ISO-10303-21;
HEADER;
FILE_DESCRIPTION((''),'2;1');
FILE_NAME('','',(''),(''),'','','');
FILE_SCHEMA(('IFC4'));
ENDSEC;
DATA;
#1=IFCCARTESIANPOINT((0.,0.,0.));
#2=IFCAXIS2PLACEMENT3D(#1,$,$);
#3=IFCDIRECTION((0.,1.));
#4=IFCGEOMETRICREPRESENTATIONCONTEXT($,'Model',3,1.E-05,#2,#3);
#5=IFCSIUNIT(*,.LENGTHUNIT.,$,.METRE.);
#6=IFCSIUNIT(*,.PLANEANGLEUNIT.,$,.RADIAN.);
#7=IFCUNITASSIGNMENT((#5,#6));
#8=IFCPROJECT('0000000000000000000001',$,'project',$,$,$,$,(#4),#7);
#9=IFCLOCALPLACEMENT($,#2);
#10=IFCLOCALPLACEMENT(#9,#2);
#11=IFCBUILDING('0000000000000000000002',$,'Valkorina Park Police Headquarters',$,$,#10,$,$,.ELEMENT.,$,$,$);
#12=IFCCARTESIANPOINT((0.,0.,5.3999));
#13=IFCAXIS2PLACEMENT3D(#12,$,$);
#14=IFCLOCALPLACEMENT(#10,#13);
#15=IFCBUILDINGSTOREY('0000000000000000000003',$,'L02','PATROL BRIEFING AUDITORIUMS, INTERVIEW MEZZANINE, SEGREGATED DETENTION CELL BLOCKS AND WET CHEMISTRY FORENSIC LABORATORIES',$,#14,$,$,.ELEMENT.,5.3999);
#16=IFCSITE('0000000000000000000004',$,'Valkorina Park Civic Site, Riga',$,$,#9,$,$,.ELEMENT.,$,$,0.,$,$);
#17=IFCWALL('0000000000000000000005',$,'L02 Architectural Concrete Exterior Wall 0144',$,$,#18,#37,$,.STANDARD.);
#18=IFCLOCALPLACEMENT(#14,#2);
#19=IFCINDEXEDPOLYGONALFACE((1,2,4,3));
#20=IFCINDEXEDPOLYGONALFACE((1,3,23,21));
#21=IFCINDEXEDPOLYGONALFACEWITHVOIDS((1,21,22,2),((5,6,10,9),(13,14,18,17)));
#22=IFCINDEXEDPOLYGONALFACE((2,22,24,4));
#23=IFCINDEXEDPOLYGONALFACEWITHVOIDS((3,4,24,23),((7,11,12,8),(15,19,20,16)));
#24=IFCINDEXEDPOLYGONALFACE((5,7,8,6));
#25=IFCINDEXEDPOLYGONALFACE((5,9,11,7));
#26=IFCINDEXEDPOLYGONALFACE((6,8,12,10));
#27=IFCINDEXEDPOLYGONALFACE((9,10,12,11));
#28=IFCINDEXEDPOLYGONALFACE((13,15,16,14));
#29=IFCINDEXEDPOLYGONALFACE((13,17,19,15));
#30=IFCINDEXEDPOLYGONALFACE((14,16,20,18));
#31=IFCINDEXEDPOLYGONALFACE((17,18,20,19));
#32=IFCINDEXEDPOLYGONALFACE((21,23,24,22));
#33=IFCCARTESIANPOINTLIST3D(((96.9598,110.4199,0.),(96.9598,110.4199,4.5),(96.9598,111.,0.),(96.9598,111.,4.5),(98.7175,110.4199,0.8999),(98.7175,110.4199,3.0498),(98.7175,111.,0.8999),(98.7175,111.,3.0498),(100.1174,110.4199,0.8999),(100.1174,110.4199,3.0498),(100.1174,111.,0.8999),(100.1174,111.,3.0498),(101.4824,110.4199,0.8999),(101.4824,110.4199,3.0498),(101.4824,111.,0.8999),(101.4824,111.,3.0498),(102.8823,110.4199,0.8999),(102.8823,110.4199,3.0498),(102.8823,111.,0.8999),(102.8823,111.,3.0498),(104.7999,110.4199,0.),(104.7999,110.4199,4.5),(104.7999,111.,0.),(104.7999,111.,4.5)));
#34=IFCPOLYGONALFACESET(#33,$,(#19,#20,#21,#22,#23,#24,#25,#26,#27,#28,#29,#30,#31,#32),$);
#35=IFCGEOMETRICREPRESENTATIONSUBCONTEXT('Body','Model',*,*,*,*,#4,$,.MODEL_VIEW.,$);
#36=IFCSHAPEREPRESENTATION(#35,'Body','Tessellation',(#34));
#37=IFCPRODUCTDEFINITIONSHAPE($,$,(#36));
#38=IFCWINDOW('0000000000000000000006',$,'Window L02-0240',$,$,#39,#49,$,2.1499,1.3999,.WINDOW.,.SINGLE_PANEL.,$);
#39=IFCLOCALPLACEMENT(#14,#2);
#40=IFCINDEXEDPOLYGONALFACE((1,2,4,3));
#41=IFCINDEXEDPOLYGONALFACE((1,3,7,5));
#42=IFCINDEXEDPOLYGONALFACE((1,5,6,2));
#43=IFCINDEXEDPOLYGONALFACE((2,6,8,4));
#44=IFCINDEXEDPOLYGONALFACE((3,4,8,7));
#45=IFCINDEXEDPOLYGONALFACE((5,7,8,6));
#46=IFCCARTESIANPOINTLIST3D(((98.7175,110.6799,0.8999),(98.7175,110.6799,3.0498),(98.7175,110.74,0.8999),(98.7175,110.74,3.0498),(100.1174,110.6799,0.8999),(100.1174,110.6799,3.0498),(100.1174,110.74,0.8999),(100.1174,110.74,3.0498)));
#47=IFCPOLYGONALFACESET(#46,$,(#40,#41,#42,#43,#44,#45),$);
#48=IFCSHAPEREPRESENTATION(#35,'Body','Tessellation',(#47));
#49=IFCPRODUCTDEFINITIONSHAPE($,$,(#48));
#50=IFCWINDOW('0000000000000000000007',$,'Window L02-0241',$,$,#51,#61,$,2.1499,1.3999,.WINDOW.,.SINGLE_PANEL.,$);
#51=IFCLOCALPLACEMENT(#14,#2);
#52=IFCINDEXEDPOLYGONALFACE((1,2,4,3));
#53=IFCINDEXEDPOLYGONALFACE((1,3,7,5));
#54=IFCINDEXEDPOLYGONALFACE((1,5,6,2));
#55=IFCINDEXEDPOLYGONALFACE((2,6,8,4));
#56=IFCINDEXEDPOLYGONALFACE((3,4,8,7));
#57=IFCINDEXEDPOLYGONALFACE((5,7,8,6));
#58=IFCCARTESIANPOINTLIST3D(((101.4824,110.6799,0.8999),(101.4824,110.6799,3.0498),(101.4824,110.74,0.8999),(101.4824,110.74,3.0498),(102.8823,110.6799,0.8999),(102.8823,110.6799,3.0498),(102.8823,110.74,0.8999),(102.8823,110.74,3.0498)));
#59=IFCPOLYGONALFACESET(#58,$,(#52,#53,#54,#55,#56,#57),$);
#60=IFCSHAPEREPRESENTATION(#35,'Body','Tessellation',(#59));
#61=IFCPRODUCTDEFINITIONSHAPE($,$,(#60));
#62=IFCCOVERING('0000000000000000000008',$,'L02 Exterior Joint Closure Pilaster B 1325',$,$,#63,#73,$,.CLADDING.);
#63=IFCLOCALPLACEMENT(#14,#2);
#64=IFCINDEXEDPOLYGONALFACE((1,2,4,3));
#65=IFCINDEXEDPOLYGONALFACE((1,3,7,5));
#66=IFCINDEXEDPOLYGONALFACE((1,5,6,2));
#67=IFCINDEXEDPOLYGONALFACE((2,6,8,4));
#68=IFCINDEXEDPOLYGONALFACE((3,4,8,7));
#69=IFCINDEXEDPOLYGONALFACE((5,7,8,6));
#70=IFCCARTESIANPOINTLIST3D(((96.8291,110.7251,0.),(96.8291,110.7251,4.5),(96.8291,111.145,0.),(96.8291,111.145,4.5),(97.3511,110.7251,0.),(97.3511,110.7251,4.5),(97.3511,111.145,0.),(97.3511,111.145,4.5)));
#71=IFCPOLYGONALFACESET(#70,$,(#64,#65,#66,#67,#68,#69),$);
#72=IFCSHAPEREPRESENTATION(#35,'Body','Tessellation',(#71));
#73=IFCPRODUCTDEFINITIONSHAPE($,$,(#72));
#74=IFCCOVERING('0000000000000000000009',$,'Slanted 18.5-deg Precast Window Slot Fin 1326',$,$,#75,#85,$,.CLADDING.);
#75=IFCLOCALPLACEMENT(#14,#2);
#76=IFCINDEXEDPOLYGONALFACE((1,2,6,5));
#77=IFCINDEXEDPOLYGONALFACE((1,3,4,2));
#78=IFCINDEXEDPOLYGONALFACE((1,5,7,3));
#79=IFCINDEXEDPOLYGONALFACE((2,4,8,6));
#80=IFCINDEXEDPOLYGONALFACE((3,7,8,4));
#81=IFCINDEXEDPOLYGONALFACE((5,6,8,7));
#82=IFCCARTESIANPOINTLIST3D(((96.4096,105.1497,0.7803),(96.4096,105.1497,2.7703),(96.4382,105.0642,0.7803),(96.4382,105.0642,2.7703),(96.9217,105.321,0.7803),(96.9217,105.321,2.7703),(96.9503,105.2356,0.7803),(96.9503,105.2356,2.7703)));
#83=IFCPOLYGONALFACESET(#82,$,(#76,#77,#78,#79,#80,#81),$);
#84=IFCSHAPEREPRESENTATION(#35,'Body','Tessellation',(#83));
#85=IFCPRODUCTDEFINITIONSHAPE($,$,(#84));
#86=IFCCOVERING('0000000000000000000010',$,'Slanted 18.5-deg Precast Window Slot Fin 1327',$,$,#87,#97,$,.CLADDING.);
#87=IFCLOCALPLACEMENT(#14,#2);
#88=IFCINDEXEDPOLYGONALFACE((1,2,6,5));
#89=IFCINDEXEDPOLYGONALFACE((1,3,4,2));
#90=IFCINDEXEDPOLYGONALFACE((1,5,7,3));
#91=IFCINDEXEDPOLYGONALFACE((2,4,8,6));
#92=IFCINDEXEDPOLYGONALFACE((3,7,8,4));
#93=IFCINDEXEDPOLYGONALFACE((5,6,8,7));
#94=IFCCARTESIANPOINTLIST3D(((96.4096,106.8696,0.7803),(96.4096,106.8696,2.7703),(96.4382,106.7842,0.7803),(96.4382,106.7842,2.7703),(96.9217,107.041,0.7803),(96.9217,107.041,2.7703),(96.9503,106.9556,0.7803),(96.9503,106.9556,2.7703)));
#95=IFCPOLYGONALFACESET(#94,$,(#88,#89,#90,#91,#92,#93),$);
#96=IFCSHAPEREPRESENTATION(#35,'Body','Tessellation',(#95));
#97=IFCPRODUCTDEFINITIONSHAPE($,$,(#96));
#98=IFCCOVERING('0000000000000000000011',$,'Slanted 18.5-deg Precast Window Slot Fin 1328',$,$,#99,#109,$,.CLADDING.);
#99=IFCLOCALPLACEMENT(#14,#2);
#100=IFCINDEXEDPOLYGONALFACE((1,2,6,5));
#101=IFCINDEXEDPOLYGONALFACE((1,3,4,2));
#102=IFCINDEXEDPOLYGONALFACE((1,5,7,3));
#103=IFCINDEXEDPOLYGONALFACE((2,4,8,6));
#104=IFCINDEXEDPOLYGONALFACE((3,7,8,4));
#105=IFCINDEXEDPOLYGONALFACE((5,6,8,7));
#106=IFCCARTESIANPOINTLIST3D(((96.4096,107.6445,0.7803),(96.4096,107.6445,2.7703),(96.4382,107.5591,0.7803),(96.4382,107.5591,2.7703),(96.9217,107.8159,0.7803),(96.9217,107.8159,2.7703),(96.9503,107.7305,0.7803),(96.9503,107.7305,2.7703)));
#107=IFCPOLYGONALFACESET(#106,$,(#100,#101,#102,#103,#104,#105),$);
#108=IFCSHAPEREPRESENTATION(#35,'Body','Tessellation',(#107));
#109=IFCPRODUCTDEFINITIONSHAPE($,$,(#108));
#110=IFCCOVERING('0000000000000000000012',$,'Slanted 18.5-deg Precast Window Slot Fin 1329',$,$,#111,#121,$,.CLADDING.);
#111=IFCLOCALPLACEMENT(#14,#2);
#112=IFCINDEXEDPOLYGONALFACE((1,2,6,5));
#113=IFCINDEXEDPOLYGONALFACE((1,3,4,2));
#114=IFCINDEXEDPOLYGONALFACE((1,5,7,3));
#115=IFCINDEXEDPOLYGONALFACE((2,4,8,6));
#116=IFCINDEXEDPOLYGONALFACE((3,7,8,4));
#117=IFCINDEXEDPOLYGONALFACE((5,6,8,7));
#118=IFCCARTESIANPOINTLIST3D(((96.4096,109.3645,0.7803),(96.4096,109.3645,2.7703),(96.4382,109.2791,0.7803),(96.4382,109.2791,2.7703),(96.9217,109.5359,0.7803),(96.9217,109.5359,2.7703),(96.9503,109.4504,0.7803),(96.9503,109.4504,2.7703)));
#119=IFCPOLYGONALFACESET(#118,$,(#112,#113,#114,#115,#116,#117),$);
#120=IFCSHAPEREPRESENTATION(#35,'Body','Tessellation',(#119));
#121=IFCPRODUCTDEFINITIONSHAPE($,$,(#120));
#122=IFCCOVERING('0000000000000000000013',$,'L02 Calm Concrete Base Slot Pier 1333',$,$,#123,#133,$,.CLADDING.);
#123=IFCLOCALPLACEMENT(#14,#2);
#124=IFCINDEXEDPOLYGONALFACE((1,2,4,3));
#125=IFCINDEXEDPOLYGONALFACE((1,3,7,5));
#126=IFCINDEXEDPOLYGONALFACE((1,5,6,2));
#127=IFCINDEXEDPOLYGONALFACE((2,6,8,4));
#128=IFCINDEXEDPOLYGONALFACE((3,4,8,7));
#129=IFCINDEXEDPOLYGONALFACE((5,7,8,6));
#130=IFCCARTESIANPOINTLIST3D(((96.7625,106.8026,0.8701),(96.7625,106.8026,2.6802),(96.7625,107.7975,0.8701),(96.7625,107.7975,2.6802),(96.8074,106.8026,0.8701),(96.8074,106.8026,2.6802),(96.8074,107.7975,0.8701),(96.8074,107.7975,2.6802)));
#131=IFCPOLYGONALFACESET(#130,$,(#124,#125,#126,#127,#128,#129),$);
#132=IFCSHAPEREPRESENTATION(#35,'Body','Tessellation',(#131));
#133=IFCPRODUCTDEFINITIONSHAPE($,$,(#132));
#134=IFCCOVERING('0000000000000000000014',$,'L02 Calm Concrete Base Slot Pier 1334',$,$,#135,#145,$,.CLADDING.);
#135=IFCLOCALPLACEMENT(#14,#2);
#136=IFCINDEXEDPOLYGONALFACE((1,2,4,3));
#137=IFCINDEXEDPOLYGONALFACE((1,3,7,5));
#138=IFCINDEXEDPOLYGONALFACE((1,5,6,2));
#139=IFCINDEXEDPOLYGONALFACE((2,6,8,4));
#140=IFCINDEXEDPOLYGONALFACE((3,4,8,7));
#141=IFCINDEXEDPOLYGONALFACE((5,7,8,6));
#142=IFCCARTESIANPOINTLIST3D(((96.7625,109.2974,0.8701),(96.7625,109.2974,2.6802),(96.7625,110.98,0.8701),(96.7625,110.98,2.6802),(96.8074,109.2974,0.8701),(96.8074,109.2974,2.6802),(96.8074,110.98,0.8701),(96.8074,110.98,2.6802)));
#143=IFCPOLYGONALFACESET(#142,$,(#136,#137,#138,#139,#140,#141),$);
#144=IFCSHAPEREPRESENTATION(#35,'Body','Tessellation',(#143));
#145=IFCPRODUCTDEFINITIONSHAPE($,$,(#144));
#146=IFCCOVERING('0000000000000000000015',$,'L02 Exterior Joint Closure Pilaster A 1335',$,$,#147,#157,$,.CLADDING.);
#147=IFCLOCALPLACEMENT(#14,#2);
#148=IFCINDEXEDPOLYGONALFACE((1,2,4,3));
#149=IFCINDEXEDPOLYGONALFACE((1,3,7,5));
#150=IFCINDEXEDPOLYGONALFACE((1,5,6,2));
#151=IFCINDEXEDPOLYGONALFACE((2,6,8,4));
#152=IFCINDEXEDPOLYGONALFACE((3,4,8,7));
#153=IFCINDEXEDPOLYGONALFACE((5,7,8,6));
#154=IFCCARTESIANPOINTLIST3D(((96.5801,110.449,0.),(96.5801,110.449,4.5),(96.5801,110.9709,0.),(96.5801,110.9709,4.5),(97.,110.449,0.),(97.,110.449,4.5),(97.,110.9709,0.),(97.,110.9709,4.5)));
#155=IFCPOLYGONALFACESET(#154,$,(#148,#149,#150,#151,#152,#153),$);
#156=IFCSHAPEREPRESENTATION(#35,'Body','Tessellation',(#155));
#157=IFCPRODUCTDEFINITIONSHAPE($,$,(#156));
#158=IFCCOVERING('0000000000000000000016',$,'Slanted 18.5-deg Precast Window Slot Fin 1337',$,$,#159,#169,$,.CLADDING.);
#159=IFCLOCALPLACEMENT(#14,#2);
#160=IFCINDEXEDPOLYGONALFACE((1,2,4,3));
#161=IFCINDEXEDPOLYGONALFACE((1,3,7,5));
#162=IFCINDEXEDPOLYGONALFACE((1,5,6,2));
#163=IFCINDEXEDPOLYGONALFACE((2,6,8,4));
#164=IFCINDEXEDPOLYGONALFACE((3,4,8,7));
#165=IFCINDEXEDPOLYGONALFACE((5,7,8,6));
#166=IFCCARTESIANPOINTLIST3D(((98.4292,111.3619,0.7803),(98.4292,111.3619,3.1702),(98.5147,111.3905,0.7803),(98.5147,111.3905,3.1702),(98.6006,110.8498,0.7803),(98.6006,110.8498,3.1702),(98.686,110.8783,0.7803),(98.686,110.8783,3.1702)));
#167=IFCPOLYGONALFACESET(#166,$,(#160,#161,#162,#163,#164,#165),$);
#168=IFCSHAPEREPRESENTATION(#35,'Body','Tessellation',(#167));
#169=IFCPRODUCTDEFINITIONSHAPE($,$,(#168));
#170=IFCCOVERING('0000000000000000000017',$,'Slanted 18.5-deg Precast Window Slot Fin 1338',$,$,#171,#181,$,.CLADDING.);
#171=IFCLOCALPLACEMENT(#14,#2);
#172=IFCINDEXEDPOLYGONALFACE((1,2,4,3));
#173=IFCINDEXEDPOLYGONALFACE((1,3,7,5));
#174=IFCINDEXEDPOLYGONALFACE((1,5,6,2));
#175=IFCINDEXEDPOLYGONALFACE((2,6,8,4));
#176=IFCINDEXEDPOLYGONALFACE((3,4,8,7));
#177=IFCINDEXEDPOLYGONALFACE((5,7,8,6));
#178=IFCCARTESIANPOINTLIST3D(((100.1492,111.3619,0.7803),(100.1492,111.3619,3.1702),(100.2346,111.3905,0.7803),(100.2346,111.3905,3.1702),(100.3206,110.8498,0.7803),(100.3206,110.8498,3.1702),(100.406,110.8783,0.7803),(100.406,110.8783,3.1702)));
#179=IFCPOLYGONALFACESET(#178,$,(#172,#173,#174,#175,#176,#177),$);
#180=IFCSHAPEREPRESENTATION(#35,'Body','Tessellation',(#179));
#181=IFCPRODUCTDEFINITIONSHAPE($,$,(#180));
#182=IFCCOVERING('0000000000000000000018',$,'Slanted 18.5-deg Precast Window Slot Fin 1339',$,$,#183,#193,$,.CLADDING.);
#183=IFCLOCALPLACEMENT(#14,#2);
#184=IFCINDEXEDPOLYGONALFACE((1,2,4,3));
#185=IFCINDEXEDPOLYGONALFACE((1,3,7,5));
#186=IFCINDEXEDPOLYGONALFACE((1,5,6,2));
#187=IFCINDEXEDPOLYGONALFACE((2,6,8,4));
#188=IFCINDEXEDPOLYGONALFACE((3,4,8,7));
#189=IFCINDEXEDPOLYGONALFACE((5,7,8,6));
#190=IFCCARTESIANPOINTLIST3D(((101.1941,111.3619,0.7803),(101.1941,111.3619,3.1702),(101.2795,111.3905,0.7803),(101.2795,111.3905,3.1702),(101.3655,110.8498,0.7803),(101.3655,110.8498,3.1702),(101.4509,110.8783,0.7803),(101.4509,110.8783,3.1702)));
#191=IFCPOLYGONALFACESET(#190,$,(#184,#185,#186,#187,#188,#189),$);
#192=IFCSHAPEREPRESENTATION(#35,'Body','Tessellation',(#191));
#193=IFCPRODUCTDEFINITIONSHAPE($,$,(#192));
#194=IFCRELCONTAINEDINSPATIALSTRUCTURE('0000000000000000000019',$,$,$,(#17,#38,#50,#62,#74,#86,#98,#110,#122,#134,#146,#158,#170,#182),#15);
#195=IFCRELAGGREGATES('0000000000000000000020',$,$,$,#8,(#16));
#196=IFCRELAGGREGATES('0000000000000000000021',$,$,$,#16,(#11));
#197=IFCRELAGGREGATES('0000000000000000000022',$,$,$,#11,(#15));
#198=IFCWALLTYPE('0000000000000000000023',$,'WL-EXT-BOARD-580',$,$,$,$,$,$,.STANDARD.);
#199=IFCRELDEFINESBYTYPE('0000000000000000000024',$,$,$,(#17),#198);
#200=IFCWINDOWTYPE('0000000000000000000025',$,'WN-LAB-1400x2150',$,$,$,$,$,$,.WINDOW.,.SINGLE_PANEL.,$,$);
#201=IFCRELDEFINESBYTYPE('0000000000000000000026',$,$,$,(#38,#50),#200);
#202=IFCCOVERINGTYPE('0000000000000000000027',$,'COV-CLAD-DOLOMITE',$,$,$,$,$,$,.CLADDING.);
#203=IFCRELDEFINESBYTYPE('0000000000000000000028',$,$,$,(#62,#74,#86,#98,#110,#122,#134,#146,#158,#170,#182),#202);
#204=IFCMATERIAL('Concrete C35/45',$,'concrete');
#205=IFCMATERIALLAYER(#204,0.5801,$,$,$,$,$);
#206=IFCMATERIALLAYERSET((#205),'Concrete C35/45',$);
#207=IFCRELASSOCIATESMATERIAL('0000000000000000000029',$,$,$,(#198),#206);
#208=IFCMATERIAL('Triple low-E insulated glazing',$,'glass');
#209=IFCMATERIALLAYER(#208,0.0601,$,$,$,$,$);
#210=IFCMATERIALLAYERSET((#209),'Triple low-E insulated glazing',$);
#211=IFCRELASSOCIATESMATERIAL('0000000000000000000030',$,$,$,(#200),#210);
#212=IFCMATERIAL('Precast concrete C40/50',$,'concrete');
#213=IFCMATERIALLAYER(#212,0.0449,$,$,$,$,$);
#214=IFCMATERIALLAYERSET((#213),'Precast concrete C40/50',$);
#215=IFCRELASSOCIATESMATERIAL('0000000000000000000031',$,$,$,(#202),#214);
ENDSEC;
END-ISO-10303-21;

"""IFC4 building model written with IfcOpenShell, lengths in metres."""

from ifc_helpers import new_model, si_unit, direction, frame, frame_2d, origin, origin_2d, place, context, subcontext, project, spatial, rectangle, extrude, material, layer, layer_set, type_object, element, fill, save


model = new_model("IFC4")

# Units and contexts
model_context = context("Model", 3, precision=1e-05, world=origin(), true_north=direction((0.0, 1.0)))
body_context = subcontext(model_context, "Body", "Model", "MODEL_VIEW")
ifc_project = project(units=[si_unit("LENGTHUNIT", "METRE"), si_unit("PLANEANGLEUNIT", "RADIAN")], contexts=[model_context])

# Site, building, storey
site_placement = place(None, origin())
site = spatial("IfcSite", under=ifc_project, at=site_placement, Name="Valkorina Park Civic Site, Riga", CompositionType="ELEMENT", RefElevation=0.0)
building_placement = place(site_placement, origin())
building = spatial("IfcBuilding", under=site, at=building_placement, Name="Valkorina Park Police Headquarters", CompositionType="ELEMENT")
storey_placement = place(building_placement, frame((0.0, 0.0, 5.3999)))
storey = spatial("IfcBuildingStorey", under=building, at=storey_placement, Name="L02", Description="PATROL BRIEFING AUDITORIUMS, INTERVIEW MEZZANINE, SEGREGATED DETENTION CELL BLOCKS AND WET CHEMISTRY FORENSIC LABORATORIES", CompositionType="ELEMENT", Elevation=5.3999)

# Wall, openings, windows
ifc_material_1 = material(Name="Concrete C35/45", Category="concrete")
ifc_layer_1 = layer(ifc_material_1, 0.5801)
ifc_layer_set_1 = layer_set([ifc_layer_1], Name="Concrete C35/45")
wall_type = type_object("IfcWallType", Name="WL-EXT-BOARD-580", PredefinedType="STANDARD", material=ifc_layer_set_1)
wall_placement = place(storey_placement, frame((96.96, 110.71, 0.0), z_axis=(0.0, 0.0, 1.0), x_axis=(1.0, 0.0, 0.0)))
wall = element("IfcWall", 1, at=wall_placement, inside=storey, type_object=wall_type, Name="L02 Architectural Concrete Exterior Wall 0144", PredefinedType="STANDARD", context=body_context, shape_type="SweptSolid", body=[
    extrude(rectangle(XDim=7.8401, YDim=0.5801, at=frame_2d((3.9199, 0.0))), origin(), (0.0, 0.0, 1.0), 4.5),
])
opening_1_placement = place(wall_placement, frame((1.7576, 0.0, 0.8999)))
opening_1 = element("IfcOpeningElement", 2, at=opening_1_placement, cuts=wall, PredefinedType="OPENING", context=body_context, shape_type="SweptSolid", body=[
    extrude(rectangle(XDim=1.3999, YDim=2.1499, at=frame_2d((0.7, 1.075))), frame((0.0, 0.3, 0.0), z_axis=(0.0, -1.0, 0.0), x_axis=(1.0, 0.0, 0.0)), (0.0, 0.0, 1.0), 0.6001),
])
opening_2_placement = place(wall_placement, frame((4.5225, 0.0, 0.8999)))
opening_2 = element("IfcOpeningElement", 3, at=opening_2_placement, cuts=wall, PredefinedType="OPENING", context=body_context, shape_type="SweptSolid", body=[
    extrude(rectangle(XDim=1.3999, YDim=2.1499, at=frame_2d((0.7, 1.075))), frame((0.0, 0.3, 0.0), z_axis=(0.0, -1.0, 0.0), x_axis=(1.0, 0.0, 0.0)), (0.0, 0.0, 1.0), 0.6001),
])
ifc_material_2 = material(Name="Triple low-E insulated glazing", Category="glass")
ifc_layer_2 = layer(ifc_material_2, 0.0601)
ifc_layer_set_2 = layer_set([ifc_layer_2], Name="Triple low-E insulated glazing")
window_type = type_object("IfcWindowType", Name="WN-LAB-1400x2150", PartitioningType="SINGLE_PANEL", PredefinedType="WINDOW", material=ifc_layer_set_2)
window_1_placement = place(opening_1_placement, origin())
window_1 = element("IfcWindow", 4, at=window_1_placement, inside=storey, type_object=window_type, Name="Window L02-0240", OverallHeight=2.1499, OverallWidth=1.3999, PartitioningType="SINGLE_PANEL", PredefinedType="WINDOW", context=body_context, shape_type="SweptSolid", body=[
    extrude(rectangle(XDim=1.3999, YDim=2.1499, at=frame_2d((0.7, 1.075))), frame((0.0, 0.03, 0.0), z_axis=(0.0, -1.0, 0.0), x_axis=(1.0, 0.0, 0.0)), (0.0, 0.0, 1.0), 0.0601),
])
fill(opening_1, window_1)
window_2_placement = place(opening_2_placement, origin())
window_2 = element("IfcWindow", 5, at=window_2_placement, inside=storey, type_object=window_type, Name="Window L02-0241", OverallHeight=2.1499, OverallWidth=1.3999, PartitioningType="SINGLE_PANEL", PredefinedType="WINDOW", context=body_context, shape_type="SweptSolid", body=[
    extrude(rectangle(XDim=1.3999, YDim=2.1499, at=frame_2d((0.7, 1.075))), frame((0.0, 0.03, 0.0), z_axis=(0.0, -1.0, 0.0), x_axis=(1.0, 0.0, 0.0)), (0.0, 0.0, 1.0), 0.0601),
])
fill(opening_2, window_2)

# Coverings
ifc_material_3 = material(Name="Precast concrete C40/50", Category="concrete")
ifc_layer_3 = layer(ifc_material_3, 0.0449)
ifc_layer_set_3 = layer_set([ifc_layer_3], Name="Precast concrete C40/50")
covering_type = type_object("IfcCoveringType", Name="COV-CLAD-DOLOMITE", PredefinedType="CLADDING", material=ifc_layer_set_3)
covering_1_placement = place(storey_placement, frame((97.0901, 110.9351, 0.0), z_axis=(0.0, 0.0, 1.0), x_axis=(0.0, 1.0, 0.0)))
element("IfcCovering", 6, at=covering_1_placement, inside=storey, type_object=covering_type, Name="L02 Exterior Joint Closure Pilaster B 1325", PredefinedType="CLADDING", context=body_context, shape_type="SweptSolid", body=[
    extrude(rectangle(XDim=0.4199, YDim=0.522, at=origin_2d()), origin(), (0.0, 0.0, 1.0), 4.5),
])
for number, where, z_axis, x_axis, name in (
    (7, (96.6799, 105.1926, 0.7803), (0.0, 0.0, 1.0), (-0.948324, -0.317305, 0.0), "Slanted 18.5-deg Precast Window Slot Fin 1326"),
    (8, (96.6799, 106.9126, 0.7803), (0.0, 0.0, 1.0), (-0.948324, -0.317305, 0.0), "Slanted 18.5-deg Precast Window Slot Fin 1327"),
    (9, (96.6799, 107.6875, 0.7803), (0.0, 0.0, 1.0), (-0.948324, -0.317305, 0.0), "Slanted 18.5-deg Precast Window Slot Fin 1328"),
    (10, (96.6799, 109.4075, 0.7803), (0.0, 0.0, 1.0), (-0.948324, -0.317305, 0.0), "Slanted 18.5-deg Precast Window Slot Fin 1329"),
):
    element("IfcCovering", number, at=place(storey_placement, frame(where, z_axis=z_axis, x_axis=x_axis)), inside=storey, type_object=covering_type, Name=name, PredefinedType="CLADDING", context=body_context, shape_type="SweptSolid", body=[
        extrude(rectangle(XDim=0.54, YDim=0.0901, at=origin_2d()), origin(), (0.0, 0.0, 1.0), 1.99),
    ])
covering_2_placement = place(storey_placement, frame((96.7849, 106.8025, 0.8701), z_axis=(0.0, 0.0, 1.0), x_axis=(0.0, 1.0, 0.0)))
element("IfcCovering", 11, at=covering_2_placement, inside=storey, type_object=covering_type, Name="L02 Calm Concrete Base Slot Pier 1333", PredefinedType="CLADDING", context=body_context, shape_type="SweptSolid", body=[
    extrude(rectangle(XDim=0.9949, YDim=0.0449, at=frame_2d((0.4976, 0.0))), origin(), (0.0, 0.0, 1.0), 1.8101),
])
covering_3_placement = place(storey_placement, frame((96.7849, 109.2974, 0.8701), z_axis=(0.0, 0.0, 1.0), x_axis=(0.0, 1.0, 0.0)))
element("IfcCovering", 12, at=covering_3_placement, inside=storey, type_object=covering_type, Name="L02 Calm Concrete Base Slot Pier 1334", PredefinedType="CLADDING", context=body_context, shape_type="SweptSolid", body=[
    extrude(rectangle(XDim=1.6826, YDim=0.0449, at=frame_2d((0.8413, 0.0))), origin(), (0.0, 0.0, 1.0), 1.8101),
])
covering_4_placement = place(storey_placement, frame((96.79, 110.71, 0.0), z_axis=(0.0, 0.0, 1.0), x_axis=(1.0, 0.0, 0.0)))
element("IfcCovering", 13, at=covering_4_placement, inside=storey, type_object=covering_type, Name="L02 Exterior Joint Closure Pilaster A 1335", PredefinedType="CLADDING", context=body_context, shape_type="SweptSolid", body=[
    extrude(rectangle(XDim=0.4199, YDim=0.522, at=origin_2d()), origin(), (0.0, 0.0, 1.0), 4.5),
])
for number, where, z_axis, x_axis, name in (
    (14, (98.5576, 111.1201, 0.7803), (0.0, 0.0, 1.0), (-0.317305, 0.948324, 0.0), "Slanted 18.5-deg Precast Window Slot Fin 1337"),
    (15, (100.2776, 111.1201, 0.7803), (0.0, 0.0, 1.0), (-0.317305, 0.948324, 0.0), "Slanted 18.5-deg Precast Window Slot Fin 1338"),
    (16, (101.3225, 111.1201, 0.7803), (0.0, 0.0, 1.0), (-0.317305, 0.948324, 0.0), "Slanted 18.5-deg Precast Window Slot Fin 1339"),
):
    element("IfcCovering", number, at=place(storey_placement, frame(where, z_axis=z_axis, x_axis=x_axis)), inside=storey, type_object=covering_type, Name=name, PredefinedType="CLADDING", context=body_context, shape_type="SweptSolid", body=[
        extrude(rectangle(XDim=0.54, YDim=0.0901, at=origin_2d()), origin(), (0.0, 0.0, 1.0), 2.3899),
    ])

save(model, "model.ifc")
